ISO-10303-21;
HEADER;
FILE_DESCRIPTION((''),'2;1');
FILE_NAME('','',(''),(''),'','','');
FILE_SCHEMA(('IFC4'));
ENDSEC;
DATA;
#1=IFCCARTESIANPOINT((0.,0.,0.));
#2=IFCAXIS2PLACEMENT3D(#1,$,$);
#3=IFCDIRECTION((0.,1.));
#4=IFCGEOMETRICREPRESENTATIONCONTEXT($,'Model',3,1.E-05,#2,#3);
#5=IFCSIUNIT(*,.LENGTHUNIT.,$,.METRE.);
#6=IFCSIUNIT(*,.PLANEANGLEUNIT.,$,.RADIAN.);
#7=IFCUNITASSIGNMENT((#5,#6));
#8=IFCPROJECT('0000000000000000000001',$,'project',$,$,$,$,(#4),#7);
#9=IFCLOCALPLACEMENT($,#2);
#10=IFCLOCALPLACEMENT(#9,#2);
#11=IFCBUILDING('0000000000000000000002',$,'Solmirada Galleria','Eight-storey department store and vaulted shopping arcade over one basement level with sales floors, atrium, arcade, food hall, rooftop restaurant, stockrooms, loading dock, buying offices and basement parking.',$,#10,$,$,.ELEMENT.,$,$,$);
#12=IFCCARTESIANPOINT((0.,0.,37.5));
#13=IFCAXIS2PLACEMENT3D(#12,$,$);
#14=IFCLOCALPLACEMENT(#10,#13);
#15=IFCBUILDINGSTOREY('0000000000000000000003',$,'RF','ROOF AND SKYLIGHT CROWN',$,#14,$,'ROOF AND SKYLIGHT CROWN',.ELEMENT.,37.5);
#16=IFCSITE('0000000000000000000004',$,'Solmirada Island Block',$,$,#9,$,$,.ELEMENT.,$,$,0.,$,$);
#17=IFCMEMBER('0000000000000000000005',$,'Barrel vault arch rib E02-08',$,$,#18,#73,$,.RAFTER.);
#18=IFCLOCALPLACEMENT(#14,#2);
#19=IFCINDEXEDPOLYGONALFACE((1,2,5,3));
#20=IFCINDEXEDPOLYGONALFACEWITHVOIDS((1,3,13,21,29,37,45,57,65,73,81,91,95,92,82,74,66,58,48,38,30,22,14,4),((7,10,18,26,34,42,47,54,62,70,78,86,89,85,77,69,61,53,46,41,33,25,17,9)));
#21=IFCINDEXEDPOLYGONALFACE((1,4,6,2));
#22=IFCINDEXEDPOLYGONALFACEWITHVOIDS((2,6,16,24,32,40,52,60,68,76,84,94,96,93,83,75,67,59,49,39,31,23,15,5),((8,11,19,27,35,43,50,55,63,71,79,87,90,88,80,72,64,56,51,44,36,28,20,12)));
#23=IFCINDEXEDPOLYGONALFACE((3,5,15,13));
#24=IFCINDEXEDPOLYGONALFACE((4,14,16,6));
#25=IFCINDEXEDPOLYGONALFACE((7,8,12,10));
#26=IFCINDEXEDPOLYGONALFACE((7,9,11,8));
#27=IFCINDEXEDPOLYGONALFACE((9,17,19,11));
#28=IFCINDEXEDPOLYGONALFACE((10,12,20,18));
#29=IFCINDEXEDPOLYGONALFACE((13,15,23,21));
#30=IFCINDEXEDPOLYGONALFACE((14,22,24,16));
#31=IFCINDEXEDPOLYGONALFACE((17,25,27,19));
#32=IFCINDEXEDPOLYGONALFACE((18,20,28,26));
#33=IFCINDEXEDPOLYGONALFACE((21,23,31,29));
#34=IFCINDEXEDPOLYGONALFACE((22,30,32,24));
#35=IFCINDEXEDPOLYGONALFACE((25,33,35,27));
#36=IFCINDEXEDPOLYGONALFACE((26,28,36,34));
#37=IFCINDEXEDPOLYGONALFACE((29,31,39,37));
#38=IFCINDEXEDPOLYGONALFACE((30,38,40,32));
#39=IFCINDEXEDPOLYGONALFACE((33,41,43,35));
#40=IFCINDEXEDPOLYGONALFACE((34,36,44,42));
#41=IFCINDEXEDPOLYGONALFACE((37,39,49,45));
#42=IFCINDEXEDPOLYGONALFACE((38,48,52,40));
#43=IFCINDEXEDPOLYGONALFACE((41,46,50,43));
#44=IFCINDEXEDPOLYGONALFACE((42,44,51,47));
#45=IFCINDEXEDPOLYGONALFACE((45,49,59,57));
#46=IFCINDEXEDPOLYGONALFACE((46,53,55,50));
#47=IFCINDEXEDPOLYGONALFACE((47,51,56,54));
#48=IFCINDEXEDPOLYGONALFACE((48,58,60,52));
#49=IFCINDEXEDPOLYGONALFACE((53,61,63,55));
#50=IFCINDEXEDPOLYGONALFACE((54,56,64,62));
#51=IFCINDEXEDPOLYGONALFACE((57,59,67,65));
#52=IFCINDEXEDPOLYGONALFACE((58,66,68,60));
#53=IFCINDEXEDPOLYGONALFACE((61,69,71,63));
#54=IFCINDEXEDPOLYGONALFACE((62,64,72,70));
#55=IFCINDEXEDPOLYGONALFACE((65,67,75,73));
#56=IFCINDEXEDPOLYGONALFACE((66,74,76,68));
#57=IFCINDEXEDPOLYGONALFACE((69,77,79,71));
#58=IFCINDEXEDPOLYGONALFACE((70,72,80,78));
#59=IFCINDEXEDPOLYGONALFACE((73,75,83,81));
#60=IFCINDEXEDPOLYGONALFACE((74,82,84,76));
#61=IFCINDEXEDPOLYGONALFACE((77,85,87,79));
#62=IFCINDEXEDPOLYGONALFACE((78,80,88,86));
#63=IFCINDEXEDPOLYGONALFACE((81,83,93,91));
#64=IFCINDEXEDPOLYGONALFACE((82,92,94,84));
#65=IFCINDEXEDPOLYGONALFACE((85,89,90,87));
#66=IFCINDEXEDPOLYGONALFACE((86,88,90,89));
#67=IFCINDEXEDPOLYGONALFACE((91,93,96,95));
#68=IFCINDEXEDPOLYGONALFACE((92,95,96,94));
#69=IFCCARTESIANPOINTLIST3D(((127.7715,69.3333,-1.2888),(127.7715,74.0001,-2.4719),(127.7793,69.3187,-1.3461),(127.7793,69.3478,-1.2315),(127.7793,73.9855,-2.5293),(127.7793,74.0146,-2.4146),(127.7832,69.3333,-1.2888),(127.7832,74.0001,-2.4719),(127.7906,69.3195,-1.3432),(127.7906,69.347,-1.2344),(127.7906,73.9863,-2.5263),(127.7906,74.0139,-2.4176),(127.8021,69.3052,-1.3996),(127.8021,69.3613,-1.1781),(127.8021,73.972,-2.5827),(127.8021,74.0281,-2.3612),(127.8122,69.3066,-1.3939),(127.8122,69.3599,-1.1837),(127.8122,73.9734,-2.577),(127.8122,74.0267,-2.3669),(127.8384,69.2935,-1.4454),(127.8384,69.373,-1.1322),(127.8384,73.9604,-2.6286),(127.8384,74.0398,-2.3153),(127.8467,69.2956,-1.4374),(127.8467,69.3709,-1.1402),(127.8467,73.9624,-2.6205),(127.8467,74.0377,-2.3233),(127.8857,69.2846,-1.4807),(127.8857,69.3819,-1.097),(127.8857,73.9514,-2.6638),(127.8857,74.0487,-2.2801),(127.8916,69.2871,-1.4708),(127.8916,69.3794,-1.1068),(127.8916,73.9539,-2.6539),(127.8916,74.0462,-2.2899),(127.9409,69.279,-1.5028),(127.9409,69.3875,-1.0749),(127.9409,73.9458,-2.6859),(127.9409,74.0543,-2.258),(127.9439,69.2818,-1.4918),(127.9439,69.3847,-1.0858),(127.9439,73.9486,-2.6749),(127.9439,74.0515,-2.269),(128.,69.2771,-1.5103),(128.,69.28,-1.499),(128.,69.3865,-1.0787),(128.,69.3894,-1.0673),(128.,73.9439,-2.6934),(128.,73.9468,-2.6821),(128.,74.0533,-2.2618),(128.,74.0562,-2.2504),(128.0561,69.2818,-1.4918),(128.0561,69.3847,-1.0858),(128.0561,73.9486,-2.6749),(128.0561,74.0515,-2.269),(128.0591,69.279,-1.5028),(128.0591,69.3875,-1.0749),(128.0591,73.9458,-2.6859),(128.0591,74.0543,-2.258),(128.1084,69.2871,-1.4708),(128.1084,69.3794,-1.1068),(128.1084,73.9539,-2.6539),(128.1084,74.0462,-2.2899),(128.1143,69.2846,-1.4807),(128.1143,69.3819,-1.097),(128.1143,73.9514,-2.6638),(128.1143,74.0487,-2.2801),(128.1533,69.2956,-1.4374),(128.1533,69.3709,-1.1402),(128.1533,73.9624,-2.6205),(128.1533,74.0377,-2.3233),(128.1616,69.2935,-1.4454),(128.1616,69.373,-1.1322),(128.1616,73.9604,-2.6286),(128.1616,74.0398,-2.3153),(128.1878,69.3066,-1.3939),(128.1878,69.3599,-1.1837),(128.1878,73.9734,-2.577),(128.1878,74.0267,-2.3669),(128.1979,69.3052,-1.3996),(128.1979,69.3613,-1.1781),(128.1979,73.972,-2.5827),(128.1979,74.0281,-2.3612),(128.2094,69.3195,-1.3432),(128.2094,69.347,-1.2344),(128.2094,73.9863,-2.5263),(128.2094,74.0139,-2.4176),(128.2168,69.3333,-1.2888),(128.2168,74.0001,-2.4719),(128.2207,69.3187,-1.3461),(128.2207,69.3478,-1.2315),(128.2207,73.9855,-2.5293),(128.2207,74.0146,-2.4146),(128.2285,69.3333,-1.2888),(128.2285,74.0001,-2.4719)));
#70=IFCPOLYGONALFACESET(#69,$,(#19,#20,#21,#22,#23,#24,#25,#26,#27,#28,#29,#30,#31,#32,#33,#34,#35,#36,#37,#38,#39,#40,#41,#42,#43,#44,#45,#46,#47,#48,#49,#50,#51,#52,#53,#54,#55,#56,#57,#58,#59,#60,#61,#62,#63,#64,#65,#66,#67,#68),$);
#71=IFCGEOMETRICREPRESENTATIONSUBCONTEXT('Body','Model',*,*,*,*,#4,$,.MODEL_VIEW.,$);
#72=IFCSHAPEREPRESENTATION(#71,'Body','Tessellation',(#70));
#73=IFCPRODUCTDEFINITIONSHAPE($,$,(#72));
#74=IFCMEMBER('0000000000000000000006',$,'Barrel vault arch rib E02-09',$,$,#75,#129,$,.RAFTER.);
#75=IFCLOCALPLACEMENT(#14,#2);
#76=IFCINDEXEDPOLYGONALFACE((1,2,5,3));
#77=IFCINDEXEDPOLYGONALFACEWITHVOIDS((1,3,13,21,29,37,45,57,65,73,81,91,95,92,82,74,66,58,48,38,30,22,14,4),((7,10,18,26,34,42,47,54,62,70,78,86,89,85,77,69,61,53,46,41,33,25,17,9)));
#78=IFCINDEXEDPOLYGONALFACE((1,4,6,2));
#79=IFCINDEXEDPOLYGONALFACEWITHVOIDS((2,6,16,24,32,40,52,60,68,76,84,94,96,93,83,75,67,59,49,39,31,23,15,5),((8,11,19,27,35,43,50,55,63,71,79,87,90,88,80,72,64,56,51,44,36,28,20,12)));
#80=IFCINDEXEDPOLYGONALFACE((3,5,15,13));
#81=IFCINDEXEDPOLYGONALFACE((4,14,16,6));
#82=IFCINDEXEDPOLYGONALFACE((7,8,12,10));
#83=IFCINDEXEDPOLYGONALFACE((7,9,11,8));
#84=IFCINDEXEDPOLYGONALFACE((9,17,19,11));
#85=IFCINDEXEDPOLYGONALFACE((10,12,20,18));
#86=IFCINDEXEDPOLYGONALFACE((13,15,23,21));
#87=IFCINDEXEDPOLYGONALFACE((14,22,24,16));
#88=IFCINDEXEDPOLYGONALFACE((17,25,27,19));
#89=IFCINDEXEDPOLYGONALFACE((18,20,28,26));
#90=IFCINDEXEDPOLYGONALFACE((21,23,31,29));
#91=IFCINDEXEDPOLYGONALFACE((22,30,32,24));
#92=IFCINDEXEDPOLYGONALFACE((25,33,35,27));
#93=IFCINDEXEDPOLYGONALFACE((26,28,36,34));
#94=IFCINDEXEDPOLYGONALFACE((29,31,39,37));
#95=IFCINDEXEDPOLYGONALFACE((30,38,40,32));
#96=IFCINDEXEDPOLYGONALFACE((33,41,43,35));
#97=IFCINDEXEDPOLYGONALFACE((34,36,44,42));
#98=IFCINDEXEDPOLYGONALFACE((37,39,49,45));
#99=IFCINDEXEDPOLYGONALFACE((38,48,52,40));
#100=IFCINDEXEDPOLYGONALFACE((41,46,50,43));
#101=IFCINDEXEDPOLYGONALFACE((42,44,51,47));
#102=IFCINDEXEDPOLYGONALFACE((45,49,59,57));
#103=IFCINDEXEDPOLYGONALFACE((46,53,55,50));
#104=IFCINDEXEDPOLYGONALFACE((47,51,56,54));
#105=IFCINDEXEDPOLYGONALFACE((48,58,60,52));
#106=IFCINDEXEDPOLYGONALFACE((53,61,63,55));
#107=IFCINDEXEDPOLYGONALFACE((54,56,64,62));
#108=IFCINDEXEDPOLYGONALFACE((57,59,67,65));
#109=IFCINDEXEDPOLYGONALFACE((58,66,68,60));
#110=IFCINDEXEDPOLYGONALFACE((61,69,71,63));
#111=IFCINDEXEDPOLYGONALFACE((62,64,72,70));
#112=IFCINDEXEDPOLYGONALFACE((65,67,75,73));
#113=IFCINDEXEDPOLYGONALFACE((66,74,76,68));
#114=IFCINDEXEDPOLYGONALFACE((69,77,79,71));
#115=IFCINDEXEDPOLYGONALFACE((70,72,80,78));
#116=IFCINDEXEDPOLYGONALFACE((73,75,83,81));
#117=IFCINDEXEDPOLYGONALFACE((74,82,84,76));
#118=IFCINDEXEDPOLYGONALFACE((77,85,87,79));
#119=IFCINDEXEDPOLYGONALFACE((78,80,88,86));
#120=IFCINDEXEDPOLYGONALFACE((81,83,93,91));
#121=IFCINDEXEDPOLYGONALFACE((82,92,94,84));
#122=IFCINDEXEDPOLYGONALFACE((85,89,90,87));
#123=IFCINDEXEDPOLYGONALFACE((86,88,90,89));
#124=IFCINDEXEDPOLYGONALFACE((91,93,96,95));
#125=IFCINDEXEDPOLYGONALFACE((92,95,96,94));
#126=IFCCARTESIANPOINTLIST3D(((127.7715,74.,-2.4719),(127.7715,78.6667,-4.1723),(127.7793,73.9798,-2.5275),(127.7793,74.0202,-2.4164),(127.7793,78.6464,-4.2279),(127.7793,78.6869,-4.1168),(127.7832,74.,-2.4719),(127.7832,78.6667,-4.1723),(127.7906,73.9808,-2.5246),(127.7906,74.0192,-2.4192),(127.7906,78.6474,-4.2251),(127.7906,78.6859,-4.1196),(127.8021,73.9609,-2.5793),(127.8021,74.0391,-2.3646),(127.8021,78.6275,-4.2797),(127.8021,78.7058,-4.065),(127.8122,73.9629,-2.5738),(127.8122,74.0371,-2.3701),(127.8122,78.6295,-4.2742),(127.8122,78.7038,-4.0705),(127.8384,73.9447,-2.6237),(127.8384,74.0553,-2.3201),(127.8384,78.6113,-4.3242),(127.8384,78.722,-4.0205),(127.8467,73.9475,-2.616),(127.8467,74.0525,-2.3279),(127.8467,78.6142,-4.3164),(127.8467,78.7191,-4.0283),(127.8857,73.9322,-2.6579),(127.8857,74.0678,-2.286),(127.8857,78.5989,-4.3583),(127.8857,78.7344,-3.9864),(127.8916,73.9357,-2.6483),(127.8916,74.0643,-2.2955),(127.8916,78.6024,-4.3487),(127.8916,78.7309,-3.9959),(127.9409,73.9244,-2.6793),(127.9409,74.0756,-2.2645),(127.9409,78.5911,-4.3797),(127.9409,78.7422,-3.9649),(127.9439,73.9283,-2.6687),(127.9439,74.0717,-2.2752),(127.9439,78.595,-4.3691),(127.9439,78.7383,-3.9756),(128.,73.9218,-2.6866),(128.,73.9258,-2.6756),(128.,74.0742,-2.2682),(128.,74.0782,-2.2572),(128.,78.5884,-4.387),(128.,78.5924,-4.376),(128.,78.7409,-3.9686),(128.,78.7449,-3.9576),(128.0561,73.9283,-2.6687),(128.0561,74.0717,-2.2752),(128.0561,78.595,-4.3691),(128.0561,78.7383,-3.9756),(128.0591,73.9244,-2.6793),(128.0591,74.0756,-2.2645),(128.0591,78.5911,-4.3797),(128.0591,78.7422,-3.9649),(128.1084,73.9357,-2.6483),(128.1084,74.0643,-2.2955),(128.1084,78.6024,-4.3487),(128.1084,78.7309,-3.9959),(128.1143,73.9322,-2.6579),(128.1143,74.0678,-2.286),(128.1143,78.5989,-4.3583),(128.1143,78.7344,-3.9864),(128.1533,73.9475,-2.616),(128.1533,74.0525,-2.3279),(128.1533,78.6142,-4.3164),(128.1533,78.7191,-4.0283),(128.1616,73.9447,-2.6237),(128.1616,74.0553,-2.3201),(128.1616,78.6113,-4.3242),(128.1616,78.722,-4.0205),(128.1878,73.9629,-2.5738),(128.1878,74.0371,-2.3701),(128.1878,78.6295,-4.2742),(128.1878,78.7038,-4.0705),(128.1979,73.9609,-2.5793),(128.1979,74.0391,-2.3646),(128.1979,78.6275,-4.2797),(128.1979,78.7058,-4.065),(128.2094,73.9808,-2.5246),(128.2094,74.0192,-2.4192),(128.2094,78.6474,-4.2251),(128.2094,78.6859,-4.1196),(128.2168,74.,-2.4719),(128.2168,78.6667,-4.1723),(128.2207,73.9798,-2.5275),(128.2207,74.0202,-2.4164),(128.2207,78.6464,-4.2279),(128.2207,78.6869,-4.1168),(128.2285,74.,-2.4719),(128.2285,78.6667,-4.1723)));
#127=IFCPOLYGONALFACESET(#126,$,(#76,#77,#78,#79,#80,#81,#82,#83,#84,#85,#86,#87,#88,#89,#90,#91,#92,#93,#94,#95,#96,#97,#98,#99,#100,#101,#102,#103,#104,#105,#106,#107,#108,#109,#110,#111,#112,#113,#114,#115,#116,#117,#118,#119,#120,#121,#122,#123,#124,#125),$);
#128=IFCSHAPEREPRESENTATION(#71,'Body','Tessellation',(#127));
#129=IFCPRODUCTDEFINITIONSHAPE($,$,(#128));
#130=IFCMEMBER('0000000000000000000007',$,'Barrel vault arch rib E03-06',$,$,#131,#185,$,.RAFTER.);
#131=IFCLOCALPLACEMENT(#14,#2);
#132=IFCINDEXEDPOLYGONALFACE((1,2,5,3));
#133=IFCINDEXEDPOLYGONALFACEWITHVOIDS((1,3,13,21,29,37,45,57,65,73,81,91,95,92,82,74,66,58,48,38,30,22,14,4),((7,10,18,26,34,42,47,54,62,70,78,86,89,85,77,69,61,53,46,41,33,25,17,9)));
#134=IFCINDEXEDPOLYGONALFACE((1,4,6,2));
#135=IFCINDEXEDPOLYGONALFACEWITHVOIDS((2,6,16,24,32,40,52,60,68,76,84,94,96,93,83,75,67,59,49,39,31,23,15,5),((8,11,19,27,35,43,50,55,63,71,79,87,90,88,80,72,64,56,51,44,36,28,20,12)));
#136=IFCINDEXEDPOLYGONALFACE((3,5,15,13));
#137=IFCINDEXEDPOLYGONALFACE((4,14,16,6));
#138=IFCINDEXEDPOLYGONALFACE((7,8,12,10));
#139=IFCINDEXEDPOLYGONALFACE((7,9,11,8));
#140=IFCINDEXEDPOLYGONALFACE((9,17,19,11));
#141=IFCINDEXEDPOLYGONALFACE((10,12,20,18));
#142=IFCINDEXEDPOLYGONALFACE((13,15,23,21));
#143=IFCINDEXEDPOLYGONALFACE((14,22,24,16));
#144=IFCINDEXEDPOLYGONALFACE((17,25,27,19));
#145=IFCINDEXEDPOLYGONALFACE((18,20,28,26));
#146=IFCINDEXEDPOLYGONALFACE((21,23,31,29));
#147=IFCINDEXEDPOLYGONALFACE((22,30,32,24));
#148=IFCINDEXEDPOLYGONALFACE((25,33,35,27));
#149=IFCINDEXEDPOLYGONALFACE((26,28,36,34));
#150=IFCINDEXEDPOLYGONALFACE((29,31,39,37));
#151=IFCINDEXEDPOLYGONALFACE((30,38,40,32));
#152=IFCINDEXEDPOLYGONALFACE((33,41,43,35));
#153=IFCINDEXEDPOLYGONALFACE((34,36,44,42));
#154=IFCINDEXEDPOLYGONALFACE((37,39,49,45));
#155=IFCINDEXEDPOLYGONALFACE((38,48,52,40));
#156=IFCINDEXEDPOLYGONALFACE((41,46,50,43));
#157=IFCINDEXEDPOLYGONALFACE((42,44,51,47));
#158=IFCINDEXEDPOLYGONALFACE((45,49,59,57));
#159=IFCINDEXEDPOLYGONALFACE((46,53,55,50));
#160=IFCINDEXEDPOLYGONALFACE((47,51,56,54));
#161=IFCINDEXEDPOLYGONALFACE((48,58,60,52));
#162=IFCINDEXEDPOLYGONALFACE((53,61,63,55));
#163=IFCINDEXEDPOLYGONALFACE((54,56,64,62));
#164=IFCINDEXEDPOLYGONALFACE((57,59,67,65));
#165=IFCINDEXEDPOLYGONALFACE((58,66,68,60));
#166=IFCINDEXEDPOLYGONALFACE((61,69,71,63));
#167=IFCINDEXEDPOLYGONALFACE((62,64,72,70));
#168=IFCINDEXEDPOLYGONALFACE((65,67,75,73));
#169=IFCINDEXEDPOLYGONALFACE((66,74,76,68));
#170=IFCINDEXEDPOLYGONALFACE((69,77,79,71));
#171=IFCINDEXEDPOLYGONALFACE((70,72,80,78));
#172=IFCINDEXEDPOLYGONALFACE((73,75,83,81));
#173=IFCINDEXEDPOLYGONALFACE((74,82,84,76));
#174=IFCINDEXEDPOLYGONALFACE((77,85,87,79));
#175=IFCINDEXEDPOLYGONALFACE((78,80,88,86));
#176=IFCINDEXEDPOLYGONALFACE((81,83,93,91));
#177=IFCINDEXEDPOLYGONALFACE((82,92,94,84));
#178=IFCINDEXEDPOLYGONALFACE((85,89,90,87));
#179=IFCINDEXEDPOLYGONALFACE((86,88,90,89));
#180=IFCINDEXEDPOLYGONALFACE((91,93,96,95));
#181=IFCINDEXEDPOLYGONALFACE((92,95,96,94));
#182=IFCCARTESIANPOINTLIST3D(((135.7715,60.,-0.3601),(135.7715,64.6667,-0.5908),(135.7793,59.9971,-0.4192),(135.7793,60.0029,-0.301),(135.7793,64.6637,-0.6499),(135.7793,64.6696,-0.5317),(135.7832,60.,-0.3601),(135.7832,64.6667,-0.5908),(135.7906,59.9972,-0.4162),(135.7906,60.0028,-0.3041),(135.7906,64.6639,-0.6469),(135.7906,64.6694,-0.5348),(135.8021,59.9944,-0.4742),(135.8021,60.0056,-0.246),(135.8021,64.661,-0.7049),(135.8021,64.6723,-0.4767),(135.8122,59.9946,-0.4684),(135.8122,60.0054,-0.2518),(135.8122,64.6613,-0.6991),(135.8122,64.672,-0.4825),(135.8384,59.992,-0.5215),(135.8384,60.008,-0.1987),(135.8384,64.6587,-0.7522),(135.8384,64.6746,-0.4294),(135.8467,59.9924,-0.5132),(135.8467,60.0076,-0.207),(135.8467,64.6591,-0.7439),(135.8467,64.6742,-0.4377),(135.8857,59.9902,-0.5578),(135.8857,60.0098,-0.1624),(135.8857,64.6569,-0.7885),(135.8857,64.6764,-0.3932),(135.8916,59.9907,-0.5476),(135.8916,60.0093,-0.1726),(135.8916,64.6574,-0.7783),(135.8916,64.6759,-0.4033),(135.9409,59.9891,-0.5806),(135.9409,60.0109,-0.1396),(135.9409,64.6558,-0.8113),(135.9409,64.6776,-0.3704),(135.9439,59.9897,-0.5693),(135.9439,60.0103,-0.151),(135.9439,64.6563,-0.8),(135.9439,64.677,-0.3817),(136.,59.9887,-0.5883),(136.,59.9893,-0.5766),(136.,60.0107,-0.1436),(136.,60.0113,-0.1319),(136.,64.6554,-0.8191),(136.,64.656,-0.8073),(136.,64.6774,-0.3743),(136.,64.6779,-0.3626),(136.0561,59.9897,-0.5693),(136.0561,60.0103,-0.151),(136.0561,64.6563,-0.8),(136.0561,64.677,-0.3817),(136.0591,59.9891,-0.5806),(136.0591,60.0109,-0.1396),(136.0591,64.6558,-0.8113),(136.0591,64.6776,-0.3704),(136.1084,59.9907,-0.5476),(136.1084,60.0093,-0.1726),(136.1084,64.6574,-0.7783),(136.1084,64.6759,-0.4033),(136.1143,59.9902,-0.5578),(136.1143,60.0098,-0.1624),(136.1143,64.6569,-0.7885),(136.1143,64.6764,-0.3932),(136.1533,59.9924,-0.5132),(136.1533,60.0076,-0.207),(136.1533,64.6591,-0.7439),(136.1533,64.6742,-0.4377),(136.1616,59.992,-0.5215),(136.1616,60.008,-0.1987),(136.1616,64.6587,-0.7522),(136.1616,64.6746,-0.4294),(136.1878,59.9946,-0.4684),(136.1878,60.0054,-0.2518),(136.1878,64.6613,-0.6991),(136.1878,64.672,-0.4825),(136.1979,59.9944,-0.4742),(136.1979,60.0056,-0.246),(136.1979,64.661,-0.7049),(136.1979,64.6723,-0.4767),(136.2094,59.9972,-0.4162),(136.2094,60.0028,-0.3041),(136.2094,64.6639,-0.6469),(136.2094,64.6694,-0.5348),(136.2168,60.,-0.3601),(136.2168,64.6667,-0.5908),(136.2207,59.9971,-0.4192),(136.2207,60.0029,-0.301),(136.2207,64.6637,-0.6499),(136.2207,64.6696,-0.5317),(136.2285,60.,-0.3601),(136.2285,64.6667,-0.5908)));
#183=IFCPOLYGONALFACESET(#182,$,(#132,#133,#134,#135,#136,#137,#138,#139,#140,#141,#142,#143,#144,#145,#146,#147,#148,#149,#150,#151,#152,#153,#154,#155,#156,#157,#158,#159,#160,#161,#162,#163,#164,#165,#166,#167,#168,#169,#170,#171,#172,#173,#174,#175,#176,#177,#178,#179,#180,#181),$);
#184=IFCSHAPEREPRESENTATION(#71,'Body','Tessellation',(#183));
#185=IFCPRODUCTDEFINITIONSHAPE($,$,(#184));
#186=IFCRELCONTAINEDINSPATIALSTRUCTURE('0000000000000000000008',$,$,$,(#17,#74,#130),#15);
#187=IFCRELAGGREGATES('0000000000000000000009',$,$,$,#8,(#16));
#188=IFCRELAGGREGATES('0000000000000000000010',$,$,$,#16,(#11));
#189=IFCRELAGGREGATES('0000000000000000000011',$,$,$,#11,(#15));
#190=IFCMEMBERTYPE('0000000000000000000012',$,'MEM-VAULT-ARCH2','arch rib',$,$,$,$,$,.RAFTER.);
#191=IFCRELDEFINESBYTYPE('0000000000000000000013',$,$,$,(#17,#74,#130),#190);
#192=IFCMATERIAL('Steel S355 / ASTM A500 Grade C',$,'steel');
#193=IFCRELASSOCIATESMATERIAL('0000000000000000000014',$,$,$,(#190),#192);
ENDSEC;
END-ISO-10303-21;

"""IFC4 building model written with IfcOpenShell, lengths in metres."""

from ifc_helpers import new_model, si_unit, direction, frame, origin, origin_2d, place, context, subcontext, project, spatial, hollow_circle, extrude, material, material_profile, profile_set, type_object, element, save


model = new_model("IFC4")

# Units and contexts
model_context = context("Model", 3, precision=1e-05, world=origin(), true_north=direction((0.0, 1.0)))
body_context = subcontext(model_context, "Body", "Model", "MODEL_VIEW")
ifc_project = project(units=[si_unit("LENGTHUNIT", "METRE"), si_unit("PLANEANGLEUNIT", "RADIAN")], contexts=[model_context])

# Site, building, storey
site_placement = place(None, origin())
site = spatial("IfcSite", under=ifc_project, at=site_placement, Name="Solmirada Island Block", CompositionType="ELEMENT", RefElevation=0.0)
building_placement = place(site_placement, origin())
building = spatial("IfcBuilding", under=site, at=building_placement, Name="Solmirada Galleria", Description="Eight-storey department store and vaulted shopping arcade over one basement level with sales floors, atrium, arcade, food hall, rooftop restaurant, stockrooms, loading dock, buying offices and basement parking.", CompositionType="ELEMENT")
storey_placement = place(building_placement, frame((0.0, 0.0, 37.5)))
storey = spatial("IfcBuildingStorey", under=building, at=storey_placement, Name="RF", Description="ROOF AND SKYLIGHT CROWN", LongName="ROOF AND SKYLIGHT CROWN", CompositionType="ELEMENT", Elevation=37.5)

# Members
ifc_material_1 = material(Name="Steel S355 / ASTM A500 Grade C", Category="steel")
ifc_material_profile_1 = material_profile(ifc_material_1, hollow_circle(Radius=0.2285, WallThickness=0.0117, at=origin_2d()), Name="HSS18.000X0.500")
ifc_profile_set_1 = profile_set([ifc_material_profile_1], Name="Steel S355 / ASTM A500 Grade C")
member_type_1 = type_object("IfcMemberType", Name="MEM-VAULT-ARCH2", Description="arch rib", PredefinedType="RAFTER", material=ifc_profile_set_1)
member_1_placement = place(storey_placement, frame((128.0, 69.3333, -1.2888), z_axis=(0.0, 0.969335, -0.245744), x_axis=(-1.0, 0.0, 0.0)))
element("IfcMember", 1, at=member_1_placement, inside=storey, type_object=member_type_1, Name="Barrel vault arch rib E02-08", PredefinedType="RAFTER", context=body_context, shape_type="SweptSolid", body=[
    extrude(hollow_circle(Radius=0.2285, WallThickness=0.0117, at=origin_2d()), origin(), (0.0, 0.0, 1.0), 4.8145),
])
member_2_placement = place(storey_placement, frame((128.0, 74.0, -2.4719), z_axis=(0.0, 0.939571, -0.342355), x_axis=(-1.0, 0.0, 0.0)))
element("IfcMember", 2, at=member_2_placement, inside=storey, type_object=member_type_1, Name="Barrel vault arch rib E02-09", PredefinedType="RAFTER", context=body_context, shape_type="SweptSolid", body=[
    extrude(hollow_circle(Radius=0.2285, WallThickness=0.0117, at=origin_2d()), origin(), (0.0, 0.0, 1.0), 4.9668),
])
member_3_placement = place(storey_placement, frame((136.0, 60.0, -0.3601), z_axis=(0.0, 0.99878, -0.049377), x_axis=(-1.0, 0.0, 0.0)))
element("IfcMember", 3, at=member_3_placement, inside=storey, type_object=member_type_1, Name="Barrel vault arch rib E03-06", PredefinedType="RAFTER", context=body_context, shape_type="SweptSolid", body=[
    extrude(hollow_circle(Radius=0.2285, WallThickness=0.0117, at=origin_2d()), origin(), (0.0, 0.0, 1.0), 4.6724),
])

save(model, "model.ifc")
